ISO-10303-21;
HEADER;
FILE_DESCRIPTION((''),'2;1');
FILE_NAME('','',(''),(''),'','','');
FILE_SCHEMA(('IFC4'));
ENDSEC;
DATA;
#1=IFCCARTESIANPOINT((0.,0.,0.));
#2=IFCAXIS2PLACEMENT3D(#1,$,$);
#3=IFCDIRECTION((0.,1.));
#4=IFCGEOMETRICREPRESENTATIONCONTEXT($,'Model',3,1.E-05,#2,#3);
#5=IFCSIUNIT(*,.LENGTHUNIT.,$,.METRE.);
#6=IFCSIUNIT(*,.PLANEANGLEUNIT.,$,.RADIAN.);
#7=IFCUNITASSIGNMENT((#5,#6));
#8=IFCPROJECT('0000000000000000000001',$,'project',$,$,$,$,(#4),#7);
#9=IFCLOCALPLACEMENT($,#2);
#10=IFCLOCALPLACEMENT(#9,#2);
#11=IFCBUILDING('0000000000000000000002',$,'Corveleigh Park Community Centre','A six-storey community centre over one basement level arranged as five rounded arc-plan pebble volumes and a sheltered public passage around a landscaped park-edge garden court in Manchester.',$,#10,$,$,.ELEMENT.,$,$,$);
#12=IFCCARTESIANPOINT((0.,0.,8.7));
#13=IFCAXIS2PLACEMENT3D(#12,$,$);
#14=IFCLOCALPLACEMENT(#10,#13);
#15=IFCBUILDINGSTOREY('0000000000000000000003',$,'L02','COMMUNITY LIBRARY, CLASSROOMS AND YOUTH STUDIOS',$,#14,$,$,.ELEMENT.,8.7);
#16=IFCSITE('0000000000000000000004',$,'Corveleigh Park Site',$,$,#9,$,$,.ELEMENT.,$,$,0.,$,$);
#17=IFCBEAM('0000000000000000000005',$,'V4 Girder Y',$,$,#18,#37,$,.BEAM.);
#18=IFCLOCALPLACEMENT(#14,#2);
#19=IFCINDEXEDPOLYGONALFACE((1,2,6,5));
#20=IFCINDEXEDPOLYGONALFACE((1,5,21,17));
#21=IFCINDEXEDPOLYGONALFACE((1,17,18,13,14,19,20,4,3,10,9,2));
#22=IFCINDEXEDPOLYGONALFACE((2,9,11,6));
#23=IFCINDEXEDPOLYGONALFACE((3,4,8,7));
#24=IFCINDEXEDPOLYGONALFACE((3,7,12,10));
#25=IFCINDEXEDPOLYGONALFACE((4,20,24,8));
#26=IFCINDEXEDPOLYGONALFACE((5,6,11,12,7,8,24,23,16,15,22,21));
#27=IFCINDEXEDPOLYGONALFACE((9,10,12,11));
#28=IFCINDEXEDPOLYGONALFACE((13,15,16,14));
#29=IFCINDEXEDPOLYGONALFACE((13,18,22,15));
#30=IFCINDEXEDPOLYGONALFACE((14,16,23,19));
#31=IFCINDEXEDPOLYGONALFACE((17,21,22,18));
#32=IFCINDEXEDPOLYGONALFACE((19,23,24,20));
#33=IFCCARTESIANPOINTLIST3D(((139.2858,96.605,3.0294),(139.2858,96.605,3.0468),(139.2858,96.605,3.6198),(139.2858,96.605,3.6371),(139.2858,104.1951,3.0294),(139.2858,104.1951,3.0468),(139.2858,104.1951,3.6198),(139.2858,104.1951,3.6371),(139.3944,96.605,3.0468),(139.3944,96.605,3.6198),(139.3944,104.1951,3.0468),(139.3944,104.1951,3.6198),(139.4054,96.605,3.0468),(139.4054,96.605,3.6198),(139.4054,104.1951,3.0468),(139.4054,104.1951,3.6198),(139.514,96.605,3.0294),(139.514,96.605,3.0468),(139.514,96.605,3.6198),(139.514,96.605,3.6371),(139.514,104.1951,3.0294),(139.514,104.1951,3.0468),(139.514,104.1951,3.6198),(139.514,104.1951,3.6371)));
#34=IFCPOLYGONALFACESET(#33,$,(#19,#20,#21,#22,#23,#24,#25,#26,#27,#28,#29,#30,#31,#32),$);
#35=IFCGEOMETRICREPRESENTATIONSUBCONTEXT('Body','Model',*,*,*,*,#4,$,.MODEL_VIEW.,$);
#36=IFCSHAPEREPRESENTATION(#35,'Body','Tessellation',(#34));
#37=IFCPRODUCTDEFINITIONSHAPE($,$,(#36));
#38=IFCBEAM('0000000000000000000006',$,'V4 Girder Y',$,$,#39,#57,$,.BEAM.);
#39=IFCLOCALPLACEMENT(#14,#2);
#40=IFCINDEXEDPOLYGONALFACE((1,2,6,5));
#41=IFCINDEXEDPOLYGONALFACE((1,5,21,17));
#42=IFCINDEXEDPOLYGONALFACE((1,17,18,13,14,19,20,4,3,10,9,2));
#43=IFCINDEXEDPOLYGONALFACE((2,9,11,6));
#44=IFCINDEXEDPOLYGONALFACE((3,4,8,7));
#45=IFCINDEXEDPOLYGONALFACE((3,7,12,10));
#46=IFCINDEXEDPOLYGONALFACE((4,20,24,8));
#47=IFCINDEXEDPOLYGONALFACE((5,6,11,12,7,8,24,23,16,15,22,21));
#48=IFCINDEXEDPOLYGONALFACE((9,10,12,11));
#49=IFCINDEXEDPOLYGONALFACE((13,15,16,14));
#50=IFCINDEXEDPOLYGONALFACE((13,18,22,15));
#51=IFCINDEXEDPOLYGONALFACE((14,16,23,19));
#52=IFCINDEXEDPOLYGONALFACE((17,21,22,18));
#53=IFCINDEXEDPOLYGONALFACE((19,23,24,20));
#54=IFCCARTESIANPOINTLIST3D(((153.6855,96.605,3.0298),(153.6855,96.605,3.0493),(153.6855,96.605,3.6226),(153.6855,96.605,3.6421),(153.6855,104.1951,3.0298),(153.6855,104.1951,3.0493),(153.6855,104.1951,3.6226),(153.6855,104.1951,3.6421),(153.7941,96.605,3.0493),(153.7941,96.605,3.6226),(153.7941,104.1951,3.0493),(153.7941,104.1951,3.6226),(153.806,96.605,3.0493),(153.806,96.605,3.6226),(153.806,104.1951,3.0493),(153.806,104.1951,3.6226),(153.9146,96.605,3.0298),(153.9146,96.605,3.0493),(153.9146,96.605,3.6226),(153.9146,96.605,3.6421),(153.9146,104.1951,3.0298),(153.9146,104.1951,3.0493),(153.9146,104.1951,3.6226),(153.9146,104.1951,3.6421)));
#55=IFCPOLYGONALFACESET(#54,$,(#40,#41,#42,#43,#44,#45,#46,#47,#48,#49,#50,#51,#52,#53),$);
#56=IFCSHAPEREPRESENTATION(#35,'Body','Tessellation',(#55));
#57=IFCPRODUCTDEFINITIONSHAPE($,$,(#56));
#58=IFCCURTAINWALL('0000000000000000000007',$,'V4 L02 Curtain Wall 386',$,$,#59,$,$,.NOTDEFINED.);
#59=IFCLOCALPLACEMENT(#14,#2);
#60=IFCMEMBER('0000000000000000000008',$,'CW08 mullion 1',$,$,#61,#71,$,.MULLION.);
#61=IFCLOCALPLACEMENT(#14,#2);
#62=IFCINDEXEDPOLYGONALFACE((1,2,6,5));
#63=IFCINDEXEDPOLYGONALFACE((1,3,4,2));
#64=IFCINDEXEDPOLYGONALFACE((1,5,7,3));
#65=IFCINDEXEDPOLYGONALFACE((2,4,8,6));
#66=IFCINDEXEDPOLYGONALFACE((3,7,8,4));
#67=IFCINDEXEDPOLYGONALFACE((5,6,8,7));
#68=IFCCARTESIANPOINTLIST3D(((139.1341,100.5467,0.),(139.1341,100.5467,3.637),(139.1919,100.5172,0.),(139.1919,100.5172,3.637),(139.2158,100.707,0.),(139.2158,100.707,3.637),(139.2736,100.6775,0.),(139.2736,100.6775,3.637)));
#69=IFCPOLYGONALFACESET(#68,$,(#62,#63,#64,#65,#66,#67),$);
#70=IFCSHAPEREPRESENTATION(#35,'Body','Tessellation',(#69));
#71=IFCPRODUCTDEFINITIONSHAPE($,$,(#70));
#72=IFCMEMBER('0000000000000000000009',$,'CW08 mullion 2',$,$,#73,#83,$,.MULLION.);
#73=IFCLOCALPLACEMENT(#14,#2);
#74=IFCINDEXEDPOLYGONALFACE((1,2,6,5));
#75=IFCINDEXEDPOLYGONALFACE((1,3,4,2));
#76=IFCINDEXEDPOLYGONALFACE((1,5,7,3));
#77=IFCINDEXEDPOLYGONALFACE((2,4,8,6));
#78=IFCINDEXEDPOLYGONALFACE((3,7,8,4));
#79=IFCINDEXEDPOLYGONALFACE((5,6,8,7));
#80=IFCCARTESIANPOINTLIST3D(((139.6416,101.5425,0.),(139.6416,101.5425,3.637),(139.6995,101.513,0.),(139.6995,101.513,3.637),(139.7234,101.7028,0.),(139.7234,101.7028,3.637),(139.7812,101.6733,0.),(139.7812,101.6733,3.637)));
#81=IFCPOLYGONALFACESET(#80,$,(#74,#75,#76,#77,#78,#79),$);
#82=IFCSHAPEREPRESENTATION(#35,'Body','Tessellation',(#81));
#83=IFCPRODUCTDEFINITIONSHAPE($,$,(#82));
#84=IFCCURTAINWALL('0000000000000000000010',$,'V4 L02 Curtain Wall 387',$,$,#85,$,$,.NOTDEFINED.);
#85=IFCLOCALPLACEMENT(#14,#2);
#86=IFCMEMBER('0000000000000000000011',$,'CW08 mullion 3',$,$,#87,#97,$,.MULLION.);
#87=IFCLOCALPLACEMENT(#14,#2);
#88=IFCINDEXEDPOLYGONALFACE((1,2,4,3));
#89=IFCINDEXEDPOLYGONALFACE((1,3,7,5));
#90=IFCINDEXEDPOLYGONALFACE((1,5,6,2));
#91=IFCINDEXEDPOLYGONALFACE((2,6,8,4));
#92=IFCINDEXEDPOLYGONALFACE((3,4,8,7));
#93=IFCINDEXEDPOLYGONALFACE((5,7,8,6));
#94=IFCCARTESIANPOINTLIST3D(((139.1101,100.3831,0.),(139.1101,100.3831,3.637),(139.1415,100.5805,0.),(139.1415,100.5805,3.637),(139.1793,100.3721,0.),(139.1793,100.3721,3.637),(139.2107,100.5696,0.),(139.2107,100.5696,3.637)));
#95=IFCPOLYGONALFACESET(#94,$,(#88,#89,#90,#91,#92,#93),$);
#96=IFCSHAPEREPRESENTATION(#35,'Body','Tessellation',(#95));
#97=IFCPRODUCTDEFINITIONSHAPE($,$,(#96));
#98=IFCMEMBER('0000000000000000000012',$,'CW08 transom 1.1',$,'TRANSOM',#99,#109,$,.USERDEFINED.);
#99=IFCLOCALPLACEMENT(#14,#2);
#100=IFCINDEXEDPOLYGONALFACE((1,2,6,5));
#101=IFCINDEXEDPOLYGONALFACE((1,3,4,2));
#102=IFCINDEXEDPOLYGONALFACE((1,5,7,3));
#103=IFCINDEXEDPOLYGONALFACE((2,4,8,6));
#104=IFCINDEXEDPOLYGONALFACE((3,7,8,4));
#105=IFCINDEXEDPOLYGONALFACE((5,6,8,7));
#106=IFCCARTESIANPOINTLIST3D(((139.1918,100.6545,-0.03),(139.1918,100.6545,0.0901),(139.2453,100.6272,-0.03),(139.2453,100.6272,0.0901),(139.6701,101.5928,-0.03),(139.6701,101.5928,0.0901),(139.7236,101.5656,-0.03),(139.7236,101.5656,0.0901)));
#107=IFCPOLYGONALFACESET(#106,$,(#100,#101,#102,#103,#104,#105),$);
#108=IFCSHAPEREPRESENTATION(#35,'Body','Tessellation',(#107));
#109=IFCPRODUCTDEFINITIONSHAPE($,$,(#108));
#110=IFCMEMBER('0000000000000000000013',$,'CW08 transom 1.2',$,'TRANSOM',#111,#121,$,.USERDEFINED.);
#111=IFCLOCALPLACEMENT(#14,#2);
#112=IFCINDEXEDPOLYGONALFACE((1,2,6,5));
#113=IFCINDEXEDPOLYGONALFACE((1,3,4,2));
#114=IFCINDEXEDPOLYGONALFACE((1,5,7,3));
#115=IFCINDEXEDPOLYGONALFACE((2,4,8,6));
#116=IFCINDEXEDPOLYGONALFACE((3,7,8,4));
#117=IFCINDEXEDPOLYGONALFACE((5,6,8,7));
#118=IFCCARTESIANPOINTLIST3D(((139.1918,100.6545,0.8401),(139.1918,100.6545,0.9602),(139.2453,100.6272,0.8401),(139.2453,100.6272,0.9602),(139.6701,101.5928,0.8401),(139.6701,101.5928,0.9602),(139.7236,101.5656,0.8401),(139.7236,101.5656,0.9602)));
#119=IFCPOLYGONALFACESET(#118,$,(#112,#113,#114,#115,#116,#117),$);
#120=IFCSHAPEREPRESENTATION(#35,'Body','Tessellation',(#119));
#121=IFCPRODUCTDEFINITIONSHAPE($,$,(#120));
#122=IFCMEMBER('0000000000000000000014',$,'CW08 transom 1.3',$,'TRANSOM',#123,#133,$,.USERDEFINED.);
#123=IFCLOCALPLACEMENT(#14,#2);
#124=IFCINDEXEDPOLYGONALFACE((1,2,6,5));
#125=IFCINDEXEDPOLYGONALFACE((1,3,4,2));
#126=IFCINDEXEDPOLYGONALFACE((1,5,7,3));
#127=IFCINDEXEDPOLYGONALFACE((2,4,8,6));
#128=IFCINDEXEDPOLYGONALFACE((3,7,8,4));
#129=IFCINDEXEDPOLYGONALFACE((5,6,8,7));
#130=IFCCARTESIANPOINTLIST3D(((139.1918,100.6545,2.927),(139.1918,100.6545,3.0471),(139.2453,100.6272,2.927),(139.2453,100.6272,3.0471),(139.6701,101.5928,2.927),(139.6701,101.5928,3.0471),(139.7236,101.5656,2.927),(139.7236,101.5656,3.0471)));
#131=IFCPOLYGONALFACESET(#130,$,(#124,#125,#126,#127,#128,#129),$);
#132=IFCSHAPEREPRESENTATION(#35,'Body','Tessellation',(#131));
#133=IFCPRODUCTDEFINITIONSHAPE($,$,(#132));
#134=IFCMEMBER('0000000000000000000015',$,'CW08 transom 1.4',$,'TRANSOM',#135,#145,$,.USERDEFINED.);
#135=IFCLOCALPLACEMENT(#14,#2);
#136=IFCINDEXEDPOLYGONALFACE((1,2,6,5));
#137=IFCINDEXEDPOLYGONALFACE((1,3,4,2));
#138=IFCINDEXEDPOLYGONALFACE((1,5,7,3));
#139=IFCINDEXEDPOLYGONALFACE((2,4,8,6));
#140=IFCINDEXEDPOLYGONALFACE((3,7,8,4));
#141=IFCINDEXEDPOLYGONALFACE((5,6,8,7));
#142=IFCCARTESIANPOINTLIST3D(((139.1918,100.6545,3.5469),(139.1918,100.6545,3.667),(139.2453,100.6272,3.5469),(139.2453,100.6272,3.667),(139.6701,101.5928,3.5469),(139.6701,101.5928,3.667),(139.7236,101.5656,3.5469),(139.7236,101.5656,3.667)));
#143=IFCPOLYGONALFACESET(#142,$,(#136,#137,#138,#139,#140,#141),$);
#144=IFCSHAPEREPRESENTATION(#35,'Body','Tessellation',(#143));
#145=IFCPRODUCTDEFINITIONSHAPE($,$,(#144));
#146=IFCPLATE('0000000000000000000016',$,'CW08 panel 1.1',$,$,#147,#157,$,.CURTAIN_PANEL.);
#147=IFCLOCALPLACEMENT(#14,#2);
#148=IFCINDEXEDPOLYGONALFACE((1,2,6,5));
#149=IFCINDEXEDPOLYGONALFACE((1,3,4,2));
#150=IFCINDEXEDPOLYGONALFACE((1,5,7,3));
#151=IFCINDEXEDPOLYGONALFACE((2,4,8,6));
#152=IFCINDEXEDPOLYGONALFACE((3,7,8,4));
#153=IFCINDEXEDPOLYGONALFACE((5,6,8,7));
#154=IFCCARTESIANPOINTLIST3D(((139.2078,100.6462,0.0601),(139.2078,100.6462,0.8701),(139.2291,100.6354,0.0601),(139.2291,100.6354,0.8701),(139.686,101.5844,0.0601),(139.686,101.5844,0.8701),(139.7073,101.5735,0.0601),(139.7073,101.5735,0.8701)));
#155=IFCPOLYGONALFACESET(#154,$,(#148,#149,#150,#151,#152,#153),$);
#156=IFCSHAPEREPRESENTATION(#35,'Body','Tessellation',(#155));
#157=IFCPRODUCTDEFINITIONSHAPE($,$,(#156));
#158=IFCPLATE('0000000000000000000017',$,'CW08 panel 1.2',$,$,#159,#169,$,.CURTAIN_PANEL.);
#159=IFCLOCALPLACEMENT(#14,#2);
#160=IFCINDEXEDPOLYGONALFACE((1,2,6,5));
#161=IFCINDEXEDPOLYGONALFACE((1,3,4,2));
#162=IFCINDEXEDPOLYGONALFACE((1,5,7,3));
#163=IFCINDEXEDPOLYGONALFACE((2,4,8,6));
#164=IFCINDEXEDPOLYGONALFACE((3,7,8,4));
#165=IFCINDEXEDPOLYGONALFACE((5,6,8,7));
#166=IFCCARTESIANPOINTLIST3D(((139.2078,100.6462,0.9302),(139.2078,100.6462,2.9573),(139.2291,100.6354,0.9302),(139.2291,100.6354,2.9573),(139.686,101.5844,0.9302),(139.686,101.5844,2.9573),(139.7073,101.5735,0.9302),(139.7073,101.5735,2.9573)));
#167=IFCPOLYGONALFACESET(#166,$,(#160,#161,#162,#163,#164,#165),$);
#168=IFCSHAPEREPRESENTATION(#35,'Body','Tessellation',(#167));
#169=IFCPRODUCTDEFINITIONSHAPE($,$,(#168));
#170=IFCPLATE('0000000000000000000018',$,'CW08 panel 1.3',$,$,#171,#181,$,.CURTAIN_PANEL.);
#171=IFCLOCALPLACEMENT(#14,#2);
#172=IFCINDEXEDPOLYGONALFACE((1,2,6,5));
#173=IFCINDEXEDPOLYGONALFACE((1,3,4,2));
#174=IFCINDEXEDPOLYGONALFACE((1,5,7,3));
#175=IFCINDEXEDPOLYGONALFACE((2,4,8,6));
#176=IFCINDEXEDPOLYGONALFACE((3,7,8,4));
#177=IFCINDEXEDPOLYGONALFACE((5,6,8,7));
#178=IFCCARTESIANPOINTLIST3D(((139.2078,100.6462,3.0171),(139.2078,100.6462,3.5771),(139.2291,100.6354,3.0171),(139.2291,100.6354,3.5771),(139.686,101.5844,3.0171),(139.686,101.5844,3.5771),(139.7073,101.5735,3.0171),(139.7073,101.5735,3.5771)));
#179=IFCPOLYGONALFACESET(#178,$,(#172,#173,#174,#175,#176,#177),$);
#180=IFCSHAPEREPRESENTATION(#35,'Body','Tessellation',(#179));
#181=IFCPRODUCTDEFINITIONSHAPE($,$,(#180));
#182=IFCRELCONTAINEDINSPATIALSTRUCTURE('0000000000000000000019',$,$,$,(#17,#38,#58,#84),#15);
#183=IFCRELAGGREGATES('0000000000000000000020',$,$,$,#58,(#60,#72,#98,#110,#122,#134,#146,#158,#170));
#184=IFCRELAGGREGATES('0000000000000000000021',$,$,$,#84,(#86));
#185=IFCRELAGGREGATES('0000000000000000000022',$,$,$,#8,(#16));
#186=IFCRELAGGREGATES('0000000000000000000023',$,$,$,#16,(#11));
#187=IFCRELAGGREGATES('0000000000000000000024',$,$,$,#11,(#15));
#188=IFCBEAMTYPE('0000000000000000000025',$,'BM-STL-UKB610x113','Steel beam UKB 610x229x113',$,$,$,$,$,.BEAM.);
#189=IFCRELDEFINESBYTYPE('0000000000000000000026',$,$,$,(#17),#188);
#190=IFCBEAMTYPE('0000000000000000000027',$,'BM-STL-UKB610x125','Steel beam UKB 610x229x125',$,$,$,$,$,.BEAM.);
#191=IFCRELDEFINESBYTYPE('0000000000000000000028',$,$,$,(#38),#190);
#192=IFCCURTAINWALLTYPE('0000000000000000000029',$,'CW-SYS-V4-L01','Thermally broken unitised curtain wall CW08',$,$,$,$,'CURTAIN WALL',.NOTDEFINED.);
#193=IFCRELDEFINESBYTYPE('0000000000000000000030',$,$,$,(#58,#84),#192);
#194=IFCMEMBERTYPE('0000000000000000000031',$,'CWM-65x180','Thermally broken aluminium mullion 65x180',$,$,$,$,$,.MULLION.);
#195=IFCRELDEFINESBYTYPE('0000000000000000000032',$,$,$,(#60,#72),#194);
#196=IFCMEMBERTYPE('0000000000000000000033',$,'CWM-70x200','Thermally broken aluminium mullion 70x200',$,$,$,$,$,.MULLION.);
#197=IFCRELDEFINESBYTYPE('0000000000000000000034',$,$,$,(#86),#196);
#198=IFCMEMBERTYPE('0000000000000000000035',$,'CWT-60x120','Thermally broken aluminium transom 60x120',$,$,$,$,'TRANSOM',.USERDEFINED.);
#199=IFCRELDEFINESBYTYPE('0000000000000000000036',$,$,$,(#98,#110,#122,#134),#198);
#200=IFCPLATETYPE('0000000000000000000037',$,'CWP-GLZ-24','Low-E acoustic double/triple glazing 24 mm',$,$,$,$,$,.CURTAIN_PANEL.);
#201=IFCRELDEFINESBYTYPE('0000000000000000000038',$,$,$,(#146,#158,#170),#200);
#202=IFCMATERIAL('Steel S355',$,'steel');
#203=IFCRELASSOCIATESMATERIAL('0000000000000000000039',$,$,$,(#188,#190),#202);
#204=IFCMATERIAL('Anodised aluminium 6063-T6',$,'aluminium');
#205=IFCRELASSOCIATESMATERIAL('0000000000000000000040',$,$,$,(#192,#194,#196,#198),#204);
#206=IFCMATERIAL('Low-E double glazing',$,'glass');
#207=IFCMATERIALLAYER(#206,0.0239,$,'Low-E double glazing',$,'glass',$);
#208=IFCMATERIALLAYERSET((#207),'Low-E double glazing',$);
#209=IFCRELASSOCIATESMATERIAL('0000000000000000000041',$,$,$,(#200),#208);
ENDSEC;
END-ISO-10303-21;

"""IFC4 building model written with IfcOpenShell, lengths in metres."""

from ifc_helpers import new_model, si_unit, direction, frame, origin, origin_2d, place, context, subcontext, project, spatial, rectangle, i_section, extrude, material, layer, layer_set, material_profile, profile_set, type_object, element, aggregate, save


model = new_model("IFC4")

# Units and contexts
model_context = context("Model", 3, precision=1e-05, world=origin(), true_north=direction((0.0, 1.0)))
body_context = subcontext(model_context, "Body", "Model", "MODEL_VIEW")
ifc_project = project(units=[si_unit("LENGTHUNIT", "METRE"), si_unit("PLANEANGLEUNIT", "RADIAN")], contexts=[model_context])

# Site, building, storey
site_placement = place(None, origin())
site = spatial("IfcSite", under=ifc_project, at=site_placement, Name="Corveleigh Park Site", CompositionType="ELEMENT", RefElevation=0.0)
building_placement = place(site_placement, origin())
building = spatial("IfcBuilding", under=site, at=building_placement, Name="Corveleigh Park Community Centre", Description="A six-storey community centre over one basement level arranged as five rounded arc-plan pebble volumes and a sheltered public passage around a landscaped park-edge garden court in Manchester.", CompositionType="ELEMENT")
storey_placement = place(building_placement, frame((0.0, 0.0, 8.7)))
storey = spatial("IfcBuildingStorey", under=building, at=storey_placement, Name="L02", Description="COMMUNITY LIBRARY, CLASSROOMS AND YOUTH STUDIOS", CompositionType="ELEMENT", Elevation=8.7)

# Beams
ifc_material_1 = material(Name="Steel S355", Category="steel")
ifc_material_profile_1 = material_profile(ifc_material_1, i_section(OverallWidth=0.2283, OverallDepth=0.6077, WebThickness=0.011, FlangeThickness=0.0173, at=origin_2d()), Name="UKB 610x229x113", Category="steel")
ifc_profile_set_1 = profile_set([ifc_material_profile_1], Name="Steel S355")
beam_type_1 = type_object("IfcBeamType", Name="BM-STL-UKB610x113", Description="Steel beam UKB 610x229x113", PredefinedType="BEAM", material=ifc_profile_set_1)
beam_1_placement = place(storey_placement, frame((139.3999, 96.605, 3.3333), z_axis=(0.0, 1.0, 0.0), x_axis=(-1.0, 0.0, 0.0)))
element("IfcBeam", 1, at=beam_1_placement, inside=storey, type_object=beam_type_1, Name="V4 Girder Y", PredefinedType="BEAM", context=body_context, shape_type="SweptSolid", body=[
    extrude(i_section(OverallWidth=0.2283, OverallDepth=0.6077, WebThickness=0.011, FlangeThickness=0.0173, at=origin_2d()), origin(), (0.0, 0.0, 1.0), 7.5901),
])
ifc_material_profile_2 = material_profile(ifc_material_1, i_section(OverallWidth=0.229, OverallDepth=0.6123, WebThickness=0.012, FlangeThickness=0.0195, at=origin_2d()), Name="UKB 610x229x125", Category="steel")
ifc_profile_set_2 = profile_set([ifc_material_profile_2], Name="Steel S355")
beam_type_2 = type_object("IfcBeamType", Name="BM-STL-UKB610x125", Description="Steel beam UKB 610x229x125", PredefinedType="BEAM", material=ifc_profile_set_2)
beam_2_placement = place(storey_placement, frame((153.8, 96.605, 3.3359), z_axis=(0.0, 1.0, 0.0), x_axis=(-1.0, 0.0, 0.0)))
element("IfcBeam", 2, at=beam_2_placement, inside=storey, type_object=beam_type_2, Name="V4 Girder Y", PredefinedType="BEAM", context=body_context, shape_type="SweptSolid", body=[
    extrude(i_section(OverallWidth=0.229, OverallDepth=0.6123, WebThickness=0.012, FlangeThickness=0.0195, at=origin_2d()), origin(), (0.0, 0.0, 1.0), 7.5901),
])

# Curtain wall, members
ifc_material_2 = material(Name="Anodised aluminium 6063-T6", Category="aluminium")
curtain_wall_type = type_object("IfcCurtainWallType", Name="CW-SYS-V4-L01", Description="Thermally broken unitised curtain wall CW08", ElementType="CURTAIN WALL", PredefinedType="NOTDEFINED", material=ifc_material_2)
curtain_wall_1_placement = place(storey_placement, origin())
curtain_wall_1 = element("IfcCurtainWall", 3, at=curtain_wall_1_placement, inside=storey, type_object=curtain_wall_type, Name="V4 L02 Curtain Wall 386", PredefinedType="NOTDEFINED")
ifc_material_profile_3 = material_profile(ifc_material_2, rectangle(XDim=0.0649, YDim=0.1799, at=origin_2d()), Name="ALU-M65x180", Category="aluminium")
ifc_profile_set_3 = profile_set([ifc_material_profile_3], Name="Anodised aluminium 6063-T6")
member_type_1 = type_object("IfcMemberType", Name="CWM-65x180", Description="Thermally broken aluminium mullion 65x180", PredefinedType="MULLION", material=ifc_profile_set_3)
member_1_placement = place(storey_placement, frame((139.2039, 100.6121, 0.0), z_axis=(0.0, 0.0, 1.0), x_axis=(-0.890923, 0.454154, 0.0)))
member_1 = element("IfcMember", 4, at=member_1_placement, type_object=member_type_1, Name="CW08 mullion 1", PredefinedType="MULLION", context=body_context, shape_type="SweptSolid", body=[
    extrude(rectangle(XDim=0.0649, YDim=0.1799, at=origin_2d()), origin(), (0.0, 0.0, 1.0), 3.637),
])
member_2_placement = place(storey_placement, frame((139.7114, 101.6079, 0.0), z_axis=(0.0, 0.0, 1.0), x_axis=(-0.890923, 0.454154, 0.0)))
member_2 = element("IfcMember", 5, at=member_2_placement, type_object=member_type_1, Name="CW08 mullion 2", PredefinedType="MULLION", context=body_context, shape_type="SweptSolid", body=[
    extrude(rectangle(XDim=0.0649, YDim=0.1799, at=origin_2d()), origin(), (0.0, 0.0, 1.0), 3.637),
])

# Curtain wall, member
curtain_wall_2_placement = place(storey_placement, origin())
curtain_wall_2 = element("IfcCurtainWall", 6, at=curtain_wall_2_placement, inside=storey, type_object=curtain_wall_type, Name="V4 L02 Curtain Wall 387", PredefinedType="NOTDEFINED")
ifc_material_profile_4 = material_profile(ifc_material_2, rectangle(XDim=0.0701, YDim=0.2, at=origin_2d()), Name="ALU-M70x200", Category="aluminium")
ifc_profile_set_4 = profile_set([ifc_material_profile_4], Name="Anodised aluminium 6063-T6")
member_type_2 = type_object("IfcMemberType", Name="CWM-70x200", Description="Thermally broken aluminium mullion 70x200", PredefinedType="MULLION", material=ifc_profile_set_4)
member_3_placement = place(storey_placement, frame((139.1604, 100.4763, 0.0), z_axis=(0.0, 0.0, 1.0), x_axis=(-0.987662, 0.156601, 0.0)))
member_3 = element("IfcMember", 7, at=member_3_placement, type_object=member_type_2, Name="CW08 mullion 3", PredefinedType="MULLION", context=body_context, shape_type="SweptSolid", body=[
    extrude(rectangle(XDim=0.0701, YDim=0.2, at=origin_2d()), origin(), (0.0, 0.0, 1.0), 3.637),
])

# Members
ifc_material_profile_5 = material_profile(ifc_material_2, rectangle(XDim=0.0601, YDim=0.1201, at=origin_2d()), Name="ALU-T60x120", Category="aluminium")
ifc_profile_set_5 = profile_set([ifc_material_profile_5], Name="Anodised aluminium 6063-T6")
member_type_3 = type_object("IfcMemberType", Name="CWT-60x120", Description="Thermally broken aluminium transom 60x120", ElementType="TRANSOM", PredefinedType="USERDEFINED", material=ifc_profile_set_5)
member_4_placement = place(storey_placement, frame((139.2185, 100.6409, 0.03), z_axis=(0.454155, 0.890923, 0.0), x_axis=(-0.890923, 0.454155, 0.0)))
member_4 = element("IfcMember", 8, at=member_4_placement, type_object=member_type_3, Name="CW08 transom 1.1", ObjectType="TRANSOM", PredefinedType="USERDEFINED", context=body_context, shape_type="SweptSolid", body=[
    extrude(rectangle(XDim=0.0601, YDim=0.1201, at=origin_2d()), origin(), (0.0, 0.0, 1.0), 1.0532),
])
member_5_placement = place(storey_placement, frame((139.2185, 100.6409, 0.9001), z_axis=(0.454155, 0.890923, 0.0), x_axis=(-0.890923, 0.454155, 0.0)))
member_5 = element("IfcMember", 9, at=member_5_placement, type_object=member_type_3, Name="CW08 transom 1.2", ObjectType="TRANSOM", PredefinedType="USERDEFINED", context=body_context, shape_type="SweptSolid", body=[
    extrude(rectangle(XDim=0.0601, YDim=0.1201, at=origin_2d()), origin(), (0.0, 0.0, 1.0), 1.0532),
])
member_6_placement = place(storey_placement, frame((139.2185, 100.6409, 2.9871), z_axis=(0.454155, 0.890923, 0.0), x_axis=(-0.890923, 0.454155, 0.0)))
member_6 = element("IfcMember", 10, at=member_6_placement, type_object=member_type_3, Name="CW08 transom 1.3", ObjectType="TRANSOM", PredefinedType="USERDEFINED", context=body_context, shape_type="SweptSolid", body=[
    extrude(rectangle(XDim=0.0601, YDim=0.1201, at=origin_2d()), origin(), (0.0, 0.0, 1.0), 1.0532),
])
member_7_placement = place(storey_placement, frame((139.2185, 100.6409, 3.6069), z_axis=(0.454155, 0.890923, 0.0), x_axis=(-0.890923, 0.454155, 0.0)))
member_7 = element("IfcMember", 11, at=member_7_placement, type_object=member_type_3, Name="CW08 transom 1.4", ObjectType="TRANSOM", PredefinedType="USERDEFINED", context=body_context, shape_type="SweptSolid", body=[
    extrude(rectangle(XDim=0.0601, YDim=0.1201, at=origin_2d()), origin(), (0.0, 0.0, 1.0), 1.0532),
])

# Plates
ifc_material_3 = material(Name="Low-E double glazing", Category="glass")
ifc_layer_1 = layer(ifc_material_3, 0.0239, Name="Low-E double glazing", Category="glass")
ifc_layer_set_1 = layer_set([ifc_layer_1], Name="Low-E double glazing")
plate_type_1 = type_object("IfcPlateType", Name="CWP-GLZ-24", Description="Low-E acoustic double/triple glazing 24 mm", PredefinedType="CURTAIN_PANEL", material=ifc_layer_set_1)
plate_1_placement = place(storey_placement, frame((139.4575, 101.1099, 0.0601), z_axis=(0.0, 0.0, 1.0), x_axis=(0.454154, 0.890923, 0.0)))
plate_1 = element("IfcPlate", 12, at=plate_1_placement, type_object=plate_type_1, Name="CW08 panel 1.1", PredefinedType="CURTAIN_PANEL", context=body_context, shape_type="SweptSolid", body=[
    extrude(rectangle(XDim=1.053, YDim=0.0239, at=origin_2d()), origin(), (0.0, 0.0, 1.0), 0.8101),
])
plate_2_placement = place(storey_placement, frame((139.4575, 101.1099, 0.9302), z_axis=(0.0, 0.0, 1.0), x_axis=(0.454154, 0.890923, 0.0)))
plate_2 = element("IfcPlate", 13, at=plate_2_placement, type_object=plate_type_1, Name="CW08 panel 1.2", PredefinedType="CURTAIN_PANEL", context=body_context, shape_type="SweptSolid", body=[
    extrude(rectangle(XDim=1.053, YDim=0.0239, at=origin_2d()), origin(), (0.0, 0.0, 1.0), 2.0271),
])
plate_3_placement = place(storey_placement, frame((139.4575, 101.1099, 3.0171), z_axis=(0.0, 0.0, 1.0), x_axis=(0.454154, 0.890923, 0.0)))
plate_3 = element("IfcPlate", 14, at=plate_3_placement, type_object=plate_type_1, Name="CW08 panel 1.3", PredefinedType="CURTAIN_PANEL", context=body_context, shape_type="SweptSolid", body=[
    extrude(rectangle(XDim=1.053, YDim=0.0239, at=origin_2d()), origin(), (0.0, 0.0, 1.0), 0.5601),
])
aggregate(curtain_wall_1, [member_1, member_2, member_4, member_5, member_6, member_7, plate_1, plate_2, plate_3])
aggregate(curtain_wall_2, [member_3])

save(model, "model.ifc")
